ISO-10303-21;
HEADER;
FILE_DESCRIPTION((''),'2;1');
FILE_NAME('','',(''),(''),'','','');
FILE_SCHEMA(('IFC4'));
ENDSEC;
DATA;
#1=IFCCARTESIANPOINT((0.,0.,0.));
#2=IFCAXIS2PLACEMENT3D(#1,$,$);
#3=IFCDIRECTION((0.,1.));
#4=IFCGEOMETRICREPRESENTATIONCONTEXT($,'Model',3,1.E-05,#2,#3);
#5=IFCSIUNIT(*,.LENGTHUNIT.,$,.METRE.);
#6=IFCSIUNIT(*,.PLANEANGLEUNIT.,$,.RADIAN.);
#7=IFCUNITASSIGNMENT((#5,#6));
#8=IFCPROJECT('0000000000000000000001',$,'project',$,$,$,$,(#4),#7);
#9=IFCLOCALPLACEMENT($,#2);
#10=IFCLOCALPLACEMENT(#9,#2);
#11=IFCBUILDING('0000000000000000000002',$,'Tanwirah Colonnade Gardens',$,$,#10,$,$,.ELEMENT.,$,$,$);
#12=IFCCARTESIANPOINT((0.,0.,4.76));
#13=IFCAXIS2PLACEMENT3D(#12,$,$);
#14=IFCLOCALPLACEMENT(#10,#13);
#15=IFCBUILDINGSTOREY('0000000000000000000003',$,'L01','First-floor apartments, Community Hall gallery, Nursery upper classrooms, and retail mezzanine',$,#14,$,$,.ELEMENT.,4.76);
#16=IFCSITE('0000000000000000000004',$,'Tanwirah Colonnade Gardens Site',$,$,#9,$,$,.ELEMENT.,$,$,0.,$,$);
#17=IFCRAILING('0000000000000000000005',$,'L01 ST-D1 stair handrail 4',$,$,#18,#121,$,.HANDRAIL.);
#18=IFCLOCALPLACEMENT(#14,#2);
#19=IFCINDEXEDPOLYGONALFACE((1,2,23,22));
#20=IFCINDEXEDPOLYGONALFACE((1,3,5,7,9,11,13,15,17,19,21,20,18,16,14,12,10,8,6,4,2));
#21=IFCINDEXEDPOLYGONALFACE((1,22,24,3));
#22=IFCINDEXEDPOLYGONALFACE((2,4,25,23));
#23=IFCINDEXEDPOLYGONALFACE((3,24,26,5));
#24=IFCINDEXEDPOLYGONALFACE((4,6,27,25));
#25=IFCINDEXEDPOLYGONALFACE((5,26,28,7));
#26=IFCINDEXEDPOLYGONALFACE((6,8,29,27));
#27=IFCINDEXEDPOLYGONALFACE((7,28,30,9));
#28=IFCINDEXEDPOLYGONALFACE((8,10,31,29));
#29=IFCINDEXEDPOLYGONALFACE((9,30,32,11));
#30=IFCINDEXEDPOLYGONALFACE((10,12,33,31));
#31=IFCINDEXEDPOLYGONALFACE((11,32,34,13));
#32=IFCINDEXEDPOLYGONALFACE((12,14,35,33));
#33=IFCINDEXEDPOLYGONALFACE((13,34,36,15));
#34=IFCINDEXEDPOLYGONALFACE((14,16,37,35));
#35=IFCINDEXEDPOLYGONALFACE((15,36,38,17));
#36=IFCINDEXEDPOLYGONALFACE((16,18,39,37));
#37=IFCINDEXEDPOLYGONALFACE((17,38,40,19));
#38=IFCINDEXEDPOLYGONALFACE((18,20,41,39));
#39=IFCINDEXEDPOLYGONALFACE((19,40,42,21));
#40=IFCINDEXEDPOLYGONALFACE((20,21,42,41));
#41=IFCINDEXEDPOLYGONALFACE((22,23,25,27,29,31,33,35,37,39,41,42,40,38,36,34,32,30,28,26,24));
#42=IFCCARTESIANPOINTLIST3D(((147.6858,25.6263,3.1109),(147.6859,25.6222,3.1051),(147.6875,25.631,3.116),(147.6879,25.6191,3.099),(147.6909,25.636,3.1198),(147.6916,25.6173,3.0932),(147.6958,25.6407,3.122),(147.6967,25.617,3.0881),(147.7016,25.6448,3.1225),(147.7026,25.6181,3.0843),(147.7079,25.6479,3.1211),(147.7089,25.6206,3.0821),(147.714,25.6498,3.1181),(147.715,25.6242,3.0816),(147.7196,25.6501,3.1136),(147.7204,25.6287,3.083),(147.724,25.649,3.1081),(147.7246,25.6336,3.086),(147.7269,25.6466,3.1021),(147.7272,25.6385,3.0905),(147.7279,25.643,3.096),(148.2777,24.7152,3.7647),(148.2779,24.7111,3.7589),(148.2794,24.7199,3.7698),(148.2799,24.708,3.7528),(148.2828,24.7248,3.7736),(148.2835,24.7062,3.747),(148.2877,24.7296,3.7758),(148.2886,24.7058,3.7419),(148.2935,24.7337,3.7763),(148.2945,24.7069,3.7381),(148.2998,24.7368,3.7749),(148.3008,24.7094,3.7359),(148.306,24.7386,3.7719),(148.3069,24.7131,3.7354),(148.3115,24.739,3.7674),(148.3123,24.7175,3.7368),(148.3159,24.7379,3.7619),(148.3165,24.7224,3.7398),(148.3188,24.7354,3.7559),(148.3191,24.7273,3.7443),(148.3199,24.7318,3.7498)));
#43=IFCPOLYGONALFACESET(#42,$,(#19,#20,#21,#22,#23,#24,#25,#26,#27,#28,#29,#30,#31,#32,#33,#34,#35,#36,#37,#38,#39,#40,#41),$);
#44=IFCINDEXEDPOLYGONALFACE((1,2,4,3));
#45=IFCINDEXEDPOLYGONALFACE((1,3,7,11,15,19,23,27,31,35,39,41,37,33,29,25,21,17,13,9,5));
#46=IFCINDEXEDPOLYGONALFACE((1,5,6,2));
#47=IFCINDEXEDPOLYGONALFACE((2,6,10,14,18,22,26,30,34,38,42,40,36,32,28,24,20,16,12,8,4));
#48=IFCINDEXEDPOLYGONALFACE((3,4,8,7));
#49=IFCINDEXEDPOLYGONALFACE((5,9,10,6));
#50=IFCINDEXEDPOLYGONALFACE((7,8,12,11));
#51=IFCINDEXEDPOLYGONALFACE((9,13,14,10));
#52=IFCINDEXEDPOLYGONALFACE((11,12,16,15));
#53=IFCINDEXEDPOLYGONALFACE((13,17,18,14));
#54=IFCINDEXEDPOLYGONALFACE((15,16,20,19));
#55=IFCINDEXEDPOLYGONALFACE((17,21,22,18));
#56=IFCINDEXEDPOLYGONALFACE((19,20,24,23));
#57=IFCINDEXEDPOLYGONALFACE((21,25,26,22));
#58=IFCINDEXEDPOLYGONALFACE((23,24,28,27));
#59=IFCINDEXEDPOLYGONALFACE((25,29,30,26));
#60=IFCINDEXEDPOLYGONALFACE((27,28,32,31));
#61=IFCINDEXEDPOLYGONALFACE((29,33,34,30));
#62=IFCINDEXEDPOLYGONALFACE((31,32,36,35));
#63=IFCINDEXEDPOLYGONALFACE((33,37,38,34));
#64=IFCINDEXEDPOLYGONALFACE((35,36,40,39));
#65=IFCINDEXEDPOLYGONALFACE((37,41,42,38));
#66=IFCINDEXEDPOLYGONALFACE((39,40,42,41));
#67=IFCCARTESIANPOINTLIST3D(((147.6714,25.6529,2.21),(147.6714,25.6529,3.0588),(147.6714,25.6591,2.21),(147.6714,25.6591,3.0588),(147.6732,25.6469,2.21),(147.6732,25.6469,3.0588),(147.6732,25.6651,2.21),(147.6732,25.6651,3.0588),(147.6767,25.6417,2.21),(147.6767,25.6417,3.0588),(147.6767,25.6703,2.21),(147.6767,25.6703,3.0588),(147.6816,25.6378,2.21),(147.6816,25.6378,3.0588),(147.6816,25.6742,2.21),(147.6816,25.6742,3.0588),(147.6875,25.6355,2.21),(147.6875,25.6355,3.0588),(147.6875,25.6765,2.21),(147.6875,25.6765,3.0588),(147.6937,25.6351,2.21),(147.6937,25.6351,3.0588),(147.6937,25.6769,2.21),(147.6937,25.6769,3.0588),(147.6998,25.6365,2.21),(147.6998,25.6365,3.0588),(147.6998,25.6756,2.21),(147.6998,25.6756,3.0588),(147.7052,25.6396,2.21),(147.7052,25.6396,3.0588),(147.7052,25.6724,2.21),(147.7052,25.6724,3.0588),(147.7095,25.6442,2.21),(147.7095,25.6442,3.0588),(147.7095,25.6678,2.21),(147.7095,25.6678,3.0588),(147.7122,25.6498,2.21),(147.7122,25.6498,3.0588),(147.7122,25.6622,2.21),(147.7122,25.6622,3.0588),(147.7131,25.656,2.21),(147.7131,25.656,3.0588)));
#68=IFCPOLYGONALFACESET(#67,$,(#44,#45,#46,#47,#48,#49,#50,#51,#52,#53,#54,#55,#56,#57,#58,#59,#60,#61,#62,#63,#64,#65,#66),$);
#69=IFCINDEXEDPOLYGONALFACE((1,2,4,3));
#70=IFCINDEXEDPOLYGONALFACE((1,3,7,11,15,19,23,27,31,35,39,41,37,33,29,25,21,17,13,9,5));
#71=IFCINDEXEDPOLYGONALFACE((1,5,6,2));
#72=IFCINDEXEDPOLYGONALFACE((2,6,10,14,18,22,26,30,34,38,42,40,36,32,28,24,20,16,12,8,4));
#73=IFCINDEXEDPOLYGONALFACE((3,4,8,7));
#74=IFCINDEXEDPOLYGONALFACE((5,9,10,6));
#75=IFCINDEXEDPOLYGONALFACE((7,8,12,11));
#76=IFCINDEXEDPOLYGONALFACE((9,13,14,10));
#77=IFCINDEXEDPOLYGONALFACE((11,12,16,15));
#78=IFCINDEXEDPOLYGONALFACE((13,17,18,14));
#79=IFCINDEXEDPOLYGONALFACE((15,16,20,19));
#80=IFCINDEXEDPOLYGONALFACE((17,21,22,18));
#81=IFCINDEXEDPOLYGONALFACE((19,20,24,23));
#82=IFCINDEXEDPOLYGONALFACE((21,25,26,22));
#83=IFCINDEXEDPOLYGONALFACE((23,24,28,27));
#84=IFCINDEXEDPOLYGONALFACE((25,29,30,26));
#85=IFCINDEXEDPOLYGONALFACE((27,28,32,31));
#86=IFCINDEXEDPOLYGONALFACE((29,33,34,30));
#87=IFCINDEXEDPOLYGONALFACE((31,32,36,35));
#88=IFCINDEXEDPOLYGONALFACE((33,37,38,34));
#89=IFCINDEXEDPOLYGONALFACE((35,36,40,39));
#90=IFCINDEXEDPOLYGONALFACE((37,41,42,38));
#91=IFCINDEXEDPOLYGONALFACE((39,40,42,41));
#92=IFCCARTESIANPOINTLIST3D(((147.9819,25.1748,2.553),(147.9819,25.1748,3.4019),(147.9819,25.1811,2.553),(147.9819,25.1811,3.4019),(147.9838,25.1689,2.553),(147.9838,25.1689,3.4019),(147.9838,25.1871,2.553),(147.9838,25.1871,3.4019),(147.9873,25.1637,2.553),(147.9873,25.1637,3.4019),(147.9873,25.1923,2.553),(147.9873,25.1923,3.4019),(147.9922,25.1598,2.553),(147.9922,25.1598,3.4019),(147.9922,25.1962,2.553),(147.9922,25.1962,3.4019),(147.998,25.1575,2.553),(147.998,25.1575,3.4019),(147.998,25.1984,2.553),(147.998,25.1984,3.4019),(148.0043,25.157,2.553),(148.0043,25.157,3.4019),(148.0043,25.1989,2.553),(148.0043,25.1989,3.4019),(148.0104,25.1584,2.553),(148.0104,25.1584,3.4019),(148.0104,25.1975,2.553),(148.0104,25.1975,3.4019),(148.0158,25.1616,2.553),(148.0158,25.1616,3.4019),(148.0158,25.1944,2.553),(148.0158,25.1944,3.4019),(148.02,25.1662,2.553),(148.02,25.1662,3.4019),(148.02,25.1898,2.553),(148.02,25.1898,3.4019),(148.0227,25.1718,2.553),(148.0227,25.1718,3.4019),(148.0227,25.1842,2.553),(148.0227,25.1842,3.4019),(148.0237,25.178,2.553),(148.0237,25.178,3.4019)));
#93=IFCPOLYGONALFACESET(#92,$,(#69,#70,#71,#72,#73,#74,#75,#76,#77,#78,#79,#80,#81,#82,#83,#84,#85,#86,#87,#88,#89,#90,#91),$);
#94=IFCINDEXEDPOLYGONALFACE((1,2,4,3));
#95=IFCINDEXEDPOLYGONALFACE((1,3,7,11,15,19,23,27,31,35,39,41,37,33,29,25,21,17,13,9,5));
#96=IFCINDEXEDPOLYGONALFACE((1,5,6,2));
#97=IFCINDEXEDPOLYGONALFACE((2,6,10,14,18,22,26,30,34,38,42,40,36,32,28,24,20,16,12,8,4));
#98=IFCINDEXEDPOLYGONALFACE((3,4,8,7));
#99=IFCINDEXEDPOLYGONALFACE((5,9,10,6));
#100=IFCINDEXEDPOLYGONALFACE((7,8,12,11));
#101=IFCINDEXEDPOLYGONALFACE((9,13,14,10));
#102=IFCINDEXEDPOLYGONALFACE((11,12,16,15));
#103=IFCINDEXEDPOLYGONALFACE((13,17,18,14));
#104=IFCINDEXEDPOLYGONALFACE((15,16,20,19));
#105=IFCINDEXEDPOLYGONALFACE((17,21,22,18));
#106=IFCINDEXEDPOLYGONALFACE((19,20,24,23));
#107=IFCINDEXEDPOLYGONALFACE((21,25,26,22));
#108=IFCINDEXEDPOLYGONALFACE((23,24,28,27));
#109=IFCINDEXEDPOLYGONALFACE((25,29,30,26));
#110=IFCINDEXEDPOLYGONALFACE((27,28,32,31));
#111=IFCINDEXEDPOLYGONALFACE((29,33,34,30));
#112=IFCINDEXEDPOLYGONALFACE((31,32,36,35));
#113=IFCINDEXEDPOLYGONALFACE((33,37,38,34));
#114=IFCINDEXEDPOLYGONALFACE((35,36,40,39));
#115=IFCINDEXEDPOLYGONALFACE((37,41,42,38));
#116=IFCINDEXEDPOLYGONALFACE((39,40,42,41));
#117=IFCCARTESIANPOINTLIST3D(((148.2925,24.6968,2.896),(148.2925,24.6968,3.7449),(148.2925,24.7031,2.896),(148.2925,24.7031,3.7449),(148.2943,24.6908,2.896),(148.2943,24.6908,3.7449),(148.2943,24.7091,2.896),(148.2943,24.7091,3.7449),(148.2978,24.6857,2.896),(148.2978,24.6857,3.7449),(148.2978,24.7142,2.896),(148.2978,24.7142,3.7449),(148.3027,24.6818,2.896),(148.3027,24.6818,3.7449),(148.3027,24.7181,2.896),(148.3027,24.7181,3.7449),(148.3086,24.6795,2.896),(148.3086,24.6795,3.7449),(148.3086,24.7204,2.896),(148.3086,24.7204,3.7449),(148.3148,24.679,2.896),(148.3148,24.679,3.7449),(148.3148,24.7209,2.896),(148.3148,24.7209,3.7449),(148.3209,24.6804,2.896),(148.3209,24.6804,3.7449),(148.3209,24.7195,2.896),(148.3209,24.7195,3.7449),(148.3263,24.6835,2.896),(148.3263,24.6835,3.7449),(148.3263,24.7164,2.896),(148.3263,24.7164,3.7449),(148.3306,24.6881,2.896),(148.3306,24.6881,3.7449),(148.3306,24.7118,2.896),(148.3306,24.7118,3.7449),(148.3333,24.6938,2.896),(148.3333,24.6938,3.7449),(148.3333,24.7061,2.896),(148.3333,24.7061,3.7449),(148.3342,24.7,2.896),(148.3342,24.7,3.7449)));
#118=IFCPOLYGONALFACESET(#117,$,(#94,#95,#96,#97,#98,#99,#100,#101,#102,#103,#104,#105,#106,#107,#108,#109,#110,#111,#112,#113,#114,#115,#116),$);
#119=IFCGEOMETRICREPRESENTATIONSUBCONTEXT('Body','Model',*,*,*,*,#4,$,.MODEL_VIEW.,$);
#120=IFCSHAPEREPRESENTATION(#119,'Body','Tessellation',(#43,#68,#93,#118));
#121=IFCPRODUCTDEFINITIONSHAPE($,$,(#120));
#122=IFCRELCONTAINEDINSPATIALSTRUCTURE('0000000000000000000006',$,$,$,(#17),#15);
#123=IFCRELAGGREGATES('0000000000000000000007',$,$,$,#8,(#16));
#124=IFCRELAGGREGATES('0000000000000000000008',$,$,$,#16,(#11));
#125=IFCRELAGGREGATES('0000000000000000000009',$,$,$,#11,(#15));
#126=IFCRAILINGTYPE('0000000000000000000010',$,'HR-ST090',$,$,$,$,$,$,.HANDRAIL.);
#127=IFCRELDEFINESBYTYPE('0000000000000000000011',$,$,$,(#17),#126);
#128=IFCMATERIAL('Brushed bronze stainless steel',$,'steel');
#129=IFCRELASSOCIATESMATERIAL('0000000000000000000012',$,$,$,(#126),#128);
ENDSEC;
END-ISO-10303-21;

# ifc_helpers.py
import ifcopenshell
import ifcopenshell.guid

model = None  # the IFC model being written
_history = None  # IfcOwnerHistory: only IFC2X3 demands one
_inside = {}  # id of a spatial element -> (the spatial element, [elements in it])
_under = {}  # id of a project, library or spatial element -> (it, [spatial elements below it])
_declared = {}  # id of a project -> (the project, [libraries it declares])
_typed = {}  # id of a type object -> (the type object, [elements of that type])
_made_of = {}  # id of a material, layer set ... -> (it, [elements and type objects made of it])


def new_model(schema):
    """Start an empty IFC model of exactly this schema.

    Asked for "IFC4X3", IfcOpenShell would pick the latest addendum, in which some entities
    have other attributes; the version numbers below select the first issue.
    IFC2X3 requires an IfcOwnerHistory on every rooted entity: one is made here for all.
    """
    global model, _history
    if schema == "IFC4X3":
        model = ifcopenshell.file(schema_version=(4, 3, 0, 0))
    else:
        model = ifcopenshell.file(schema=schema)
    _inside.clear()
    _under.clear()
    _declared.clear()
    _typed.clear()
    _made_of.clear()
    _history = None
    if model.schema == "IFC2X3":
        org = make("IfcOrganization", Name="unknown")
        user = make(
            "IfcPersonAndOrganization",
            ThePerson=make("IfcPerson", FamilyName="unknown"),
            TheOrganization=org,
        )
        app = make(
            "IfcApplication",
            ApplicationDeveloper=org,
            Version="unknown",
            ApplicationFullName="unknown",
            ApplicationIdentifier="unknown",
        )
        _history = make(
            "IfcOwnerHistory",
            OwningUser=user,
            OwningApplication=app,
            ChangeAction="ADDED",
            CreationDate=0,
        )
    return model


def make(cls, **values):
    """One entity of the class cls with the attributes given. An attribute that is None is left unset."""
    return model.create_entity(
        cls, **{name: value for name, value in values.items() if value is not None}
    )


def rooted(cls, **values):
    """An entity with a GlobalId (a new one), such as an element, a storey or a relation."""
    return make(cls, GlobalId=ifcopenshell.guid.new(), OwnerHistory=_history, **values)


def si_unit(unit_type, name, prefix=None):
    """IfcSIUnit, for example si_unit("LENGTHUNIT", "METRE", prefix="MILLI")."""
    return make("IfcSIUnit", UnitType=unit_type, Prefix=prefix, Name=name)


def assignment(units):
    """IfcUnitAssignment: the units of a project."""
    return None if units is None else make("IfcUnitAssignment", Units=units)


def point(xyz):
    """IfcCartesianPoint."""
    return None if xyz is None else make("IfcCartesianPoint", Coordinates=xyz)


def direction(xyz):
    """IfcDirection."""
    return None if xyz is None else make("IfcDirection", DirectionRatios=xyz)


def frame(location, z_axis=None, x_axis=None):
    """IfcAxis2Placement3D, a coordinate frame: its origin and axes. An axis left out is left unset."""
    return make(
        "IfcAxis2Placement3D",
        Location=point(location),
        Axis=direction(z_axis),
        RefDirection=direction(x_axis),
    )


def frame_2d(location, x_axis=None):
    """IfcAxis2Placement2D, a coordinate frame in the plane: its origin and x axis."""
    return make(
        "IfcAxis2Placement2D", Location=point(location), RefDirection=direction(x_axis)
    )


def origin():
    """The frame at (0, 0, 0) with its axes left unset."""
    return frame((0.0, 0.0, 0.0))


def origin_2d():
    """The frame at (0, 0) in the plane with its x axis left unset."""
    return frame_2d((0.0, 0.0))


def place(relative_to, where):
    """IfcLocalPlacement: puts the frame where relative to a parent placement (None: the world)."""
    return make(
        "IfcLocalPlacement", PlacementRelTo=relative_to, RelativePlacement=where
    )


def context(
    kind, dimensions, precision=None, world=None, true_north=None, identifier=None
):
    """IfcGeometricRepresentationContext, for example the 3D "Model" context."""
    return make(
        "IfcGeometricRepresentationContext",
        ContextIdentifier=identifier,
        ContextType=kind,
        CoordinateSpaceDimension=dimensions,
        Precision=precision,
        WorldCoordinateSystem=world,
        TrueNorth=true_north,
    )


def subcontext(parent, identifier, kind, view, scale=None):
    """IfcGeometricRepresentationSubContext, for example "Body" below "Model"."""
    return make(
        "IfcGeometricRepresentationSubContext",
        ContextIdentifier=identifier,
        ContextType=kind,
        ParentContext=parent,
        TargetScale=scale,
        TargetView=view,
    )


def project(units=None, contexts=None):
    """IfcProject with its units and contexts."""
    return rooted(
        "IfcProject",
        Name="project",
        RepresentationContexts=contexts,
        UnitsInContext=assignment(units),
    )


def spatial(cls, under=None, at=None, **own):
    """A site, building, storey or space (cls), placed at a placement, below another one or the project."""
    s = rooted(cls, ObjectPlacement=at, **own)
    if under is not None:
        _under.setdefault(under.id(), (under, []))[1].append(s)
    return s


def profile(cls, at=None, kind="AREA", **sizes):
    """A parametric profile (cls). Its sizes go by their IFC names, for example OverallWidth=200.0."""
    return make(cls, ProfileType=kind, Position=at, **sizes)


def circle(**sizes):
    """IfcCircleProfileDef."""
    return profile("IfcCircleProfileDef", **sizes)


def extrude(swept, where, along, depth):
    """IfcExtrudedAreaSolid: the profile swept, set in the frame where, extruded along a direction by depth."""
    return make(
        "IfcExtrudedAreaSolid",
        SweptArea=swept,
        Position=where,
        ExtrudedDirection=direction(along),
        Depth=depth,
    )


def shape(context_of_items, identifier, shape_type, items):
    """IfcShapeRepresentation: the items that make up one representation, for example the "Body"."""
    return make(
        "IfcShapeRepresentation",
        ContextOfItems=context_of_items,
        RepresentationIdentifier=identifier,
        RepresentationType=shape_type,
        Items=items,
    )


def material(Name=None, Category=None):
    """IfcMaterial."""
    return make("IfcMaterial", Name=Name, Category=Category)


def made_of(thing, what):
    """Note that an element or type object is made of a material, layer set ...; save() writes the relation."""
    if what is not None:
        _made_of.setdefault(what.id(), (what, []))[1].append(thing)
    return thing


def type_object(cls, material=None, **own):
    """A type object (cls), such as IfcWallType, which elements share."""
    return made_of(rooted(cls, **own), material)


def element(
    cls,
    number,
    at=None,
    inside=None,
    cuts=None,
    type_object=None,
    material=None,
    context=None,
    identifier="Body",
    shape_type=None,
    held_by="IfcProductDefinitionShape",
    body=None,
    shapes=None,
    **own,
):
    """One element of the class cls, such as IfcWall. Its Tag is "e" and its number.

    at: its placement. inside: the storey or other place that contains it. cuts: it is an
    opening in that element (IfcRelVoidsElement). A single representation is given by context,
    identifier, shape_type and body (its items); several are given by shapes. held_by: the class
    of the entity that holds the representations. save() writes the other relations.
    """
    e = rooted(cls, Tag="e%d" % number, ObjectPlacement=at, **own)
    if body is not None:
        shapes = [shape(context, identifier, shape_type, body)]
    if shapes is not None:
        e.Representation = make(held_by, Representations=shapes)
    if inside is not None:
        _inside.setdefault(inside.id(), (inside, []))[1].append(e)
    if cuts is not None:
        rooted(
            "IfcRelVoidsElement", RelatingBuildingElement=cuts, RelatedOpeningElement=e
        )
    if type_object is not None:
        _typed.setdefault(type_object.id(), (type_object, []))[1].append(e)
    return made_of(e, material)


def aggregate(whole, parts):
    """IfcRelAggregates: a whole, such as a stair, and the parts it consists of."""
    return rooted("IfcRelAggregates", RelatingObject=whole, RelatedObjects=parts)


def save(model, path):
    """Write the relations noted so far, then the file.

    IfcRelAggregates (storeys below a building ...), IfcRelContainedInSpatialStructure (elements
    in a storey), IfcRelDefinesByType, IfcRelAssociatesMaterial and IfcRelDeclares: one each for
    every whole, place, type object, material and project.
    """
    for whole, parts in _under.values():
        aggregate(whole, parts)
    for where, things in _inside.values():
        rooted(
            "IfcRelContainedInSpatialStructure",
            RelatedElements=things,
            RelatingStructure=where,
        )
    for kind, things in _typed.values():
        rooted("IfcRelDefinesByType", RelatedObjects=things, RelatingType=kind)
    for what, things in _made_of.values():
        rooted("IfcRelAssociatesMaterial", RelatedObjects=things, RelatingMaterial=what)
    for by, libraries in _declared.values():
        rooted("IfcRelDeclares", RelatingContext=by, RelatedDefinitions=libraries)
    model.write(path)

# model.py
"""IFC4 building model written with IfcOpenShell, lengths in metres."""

from ifc_helpers import new_model, si_unit, direction, frame, origin, origin_2d, place, context, subcontext, project, spatial, circle, extrude, material, type_object, element, save


model = new_model("IFC4")

# Units and contexts
model_context = context("Model", 3, precision=1e-05, world=origin(), true_north=direction((0.0, 1.0)))
body_context = subcontext(model_context, "Body", "Model", "MODEL_VIEW")
ifc_project = project(units=[si_unit("LENGTHUNIT", "METRE"), si_unit("PLANEANGLEUNIT", "RADIAN")], contexts=[model_context])

# Site, building, storey
site_placement = place(None, origin())
site = spatial("IfcSite", under=ifc_project, at=site_placement, Name="Tanwirah Colonnade Gardens Site", CompositionType="ELEMENT", RefElevation=0.0)
building_placement = place(site_placement, origin())
building = spatial("IfcBuilding", under=site, at=building_placement, Name="Tanwirah Colonnade Gardens", CompositionType="ELEMENT")
storey_placement = place(building_placement, frame((0.0, 0.0, 4.76)))
storey = spatial("IfcBuildingStorey", under=building, at=storey_placement, Name="L01", Description="First-floor apartments, Community Hall gallery, Nursery upper classrooms, and retail mezzanine", CompositionType="ELEMENT", Elevation=4.76)

# Railing
ifc_material_1 = material(Name="Brushed bronze stainless steel", Category="steel")
railing_type_1 = type_object("IfcRailingType", Name="HR-ST090", PredefinedType="HANDRAIL", material=ifc_material_1)
railing_1_placement = place(storey_placement, frame((147.6921, 25.656, 2.21)))
element("IfcRailing", 1, at=railing_1_placement, inside=storey, type_object=railing_type_1, Name="L01 ST-D1 stair handrail 4", PredefinedType="HANDRAIL", context=body_context, shape_type="SweptSolid", body=[
    extrude(circle(Radius=0.0239, at=origin_2d()), frame((0.0146, -0.0225, 0.8921), z_axis=(0.466784, -0.718525, 0.515591), x_axis=(0.838581, 0.544778, 0.0)), (0.0, 0.0, 1.0), 1.2681),
    extrude(circle(Radius=0.021, at=origin_2d()), origin(), (0.0, 0.0, 1.0), 0.8489),
    extrude(circle(Radius=0.021, at=origin_2d()), frame((0.3105, -0.478, 0.343)), (0.0, 0.0, 1.0), 0.8489),
    extrude(circle(Radius=0.021, at=origin_2d()), frame((0.6211, -0.9561, 0.686)), (0.0, 0.0, 1.0), 0.8489),
])

save(model, "model.ifc")
